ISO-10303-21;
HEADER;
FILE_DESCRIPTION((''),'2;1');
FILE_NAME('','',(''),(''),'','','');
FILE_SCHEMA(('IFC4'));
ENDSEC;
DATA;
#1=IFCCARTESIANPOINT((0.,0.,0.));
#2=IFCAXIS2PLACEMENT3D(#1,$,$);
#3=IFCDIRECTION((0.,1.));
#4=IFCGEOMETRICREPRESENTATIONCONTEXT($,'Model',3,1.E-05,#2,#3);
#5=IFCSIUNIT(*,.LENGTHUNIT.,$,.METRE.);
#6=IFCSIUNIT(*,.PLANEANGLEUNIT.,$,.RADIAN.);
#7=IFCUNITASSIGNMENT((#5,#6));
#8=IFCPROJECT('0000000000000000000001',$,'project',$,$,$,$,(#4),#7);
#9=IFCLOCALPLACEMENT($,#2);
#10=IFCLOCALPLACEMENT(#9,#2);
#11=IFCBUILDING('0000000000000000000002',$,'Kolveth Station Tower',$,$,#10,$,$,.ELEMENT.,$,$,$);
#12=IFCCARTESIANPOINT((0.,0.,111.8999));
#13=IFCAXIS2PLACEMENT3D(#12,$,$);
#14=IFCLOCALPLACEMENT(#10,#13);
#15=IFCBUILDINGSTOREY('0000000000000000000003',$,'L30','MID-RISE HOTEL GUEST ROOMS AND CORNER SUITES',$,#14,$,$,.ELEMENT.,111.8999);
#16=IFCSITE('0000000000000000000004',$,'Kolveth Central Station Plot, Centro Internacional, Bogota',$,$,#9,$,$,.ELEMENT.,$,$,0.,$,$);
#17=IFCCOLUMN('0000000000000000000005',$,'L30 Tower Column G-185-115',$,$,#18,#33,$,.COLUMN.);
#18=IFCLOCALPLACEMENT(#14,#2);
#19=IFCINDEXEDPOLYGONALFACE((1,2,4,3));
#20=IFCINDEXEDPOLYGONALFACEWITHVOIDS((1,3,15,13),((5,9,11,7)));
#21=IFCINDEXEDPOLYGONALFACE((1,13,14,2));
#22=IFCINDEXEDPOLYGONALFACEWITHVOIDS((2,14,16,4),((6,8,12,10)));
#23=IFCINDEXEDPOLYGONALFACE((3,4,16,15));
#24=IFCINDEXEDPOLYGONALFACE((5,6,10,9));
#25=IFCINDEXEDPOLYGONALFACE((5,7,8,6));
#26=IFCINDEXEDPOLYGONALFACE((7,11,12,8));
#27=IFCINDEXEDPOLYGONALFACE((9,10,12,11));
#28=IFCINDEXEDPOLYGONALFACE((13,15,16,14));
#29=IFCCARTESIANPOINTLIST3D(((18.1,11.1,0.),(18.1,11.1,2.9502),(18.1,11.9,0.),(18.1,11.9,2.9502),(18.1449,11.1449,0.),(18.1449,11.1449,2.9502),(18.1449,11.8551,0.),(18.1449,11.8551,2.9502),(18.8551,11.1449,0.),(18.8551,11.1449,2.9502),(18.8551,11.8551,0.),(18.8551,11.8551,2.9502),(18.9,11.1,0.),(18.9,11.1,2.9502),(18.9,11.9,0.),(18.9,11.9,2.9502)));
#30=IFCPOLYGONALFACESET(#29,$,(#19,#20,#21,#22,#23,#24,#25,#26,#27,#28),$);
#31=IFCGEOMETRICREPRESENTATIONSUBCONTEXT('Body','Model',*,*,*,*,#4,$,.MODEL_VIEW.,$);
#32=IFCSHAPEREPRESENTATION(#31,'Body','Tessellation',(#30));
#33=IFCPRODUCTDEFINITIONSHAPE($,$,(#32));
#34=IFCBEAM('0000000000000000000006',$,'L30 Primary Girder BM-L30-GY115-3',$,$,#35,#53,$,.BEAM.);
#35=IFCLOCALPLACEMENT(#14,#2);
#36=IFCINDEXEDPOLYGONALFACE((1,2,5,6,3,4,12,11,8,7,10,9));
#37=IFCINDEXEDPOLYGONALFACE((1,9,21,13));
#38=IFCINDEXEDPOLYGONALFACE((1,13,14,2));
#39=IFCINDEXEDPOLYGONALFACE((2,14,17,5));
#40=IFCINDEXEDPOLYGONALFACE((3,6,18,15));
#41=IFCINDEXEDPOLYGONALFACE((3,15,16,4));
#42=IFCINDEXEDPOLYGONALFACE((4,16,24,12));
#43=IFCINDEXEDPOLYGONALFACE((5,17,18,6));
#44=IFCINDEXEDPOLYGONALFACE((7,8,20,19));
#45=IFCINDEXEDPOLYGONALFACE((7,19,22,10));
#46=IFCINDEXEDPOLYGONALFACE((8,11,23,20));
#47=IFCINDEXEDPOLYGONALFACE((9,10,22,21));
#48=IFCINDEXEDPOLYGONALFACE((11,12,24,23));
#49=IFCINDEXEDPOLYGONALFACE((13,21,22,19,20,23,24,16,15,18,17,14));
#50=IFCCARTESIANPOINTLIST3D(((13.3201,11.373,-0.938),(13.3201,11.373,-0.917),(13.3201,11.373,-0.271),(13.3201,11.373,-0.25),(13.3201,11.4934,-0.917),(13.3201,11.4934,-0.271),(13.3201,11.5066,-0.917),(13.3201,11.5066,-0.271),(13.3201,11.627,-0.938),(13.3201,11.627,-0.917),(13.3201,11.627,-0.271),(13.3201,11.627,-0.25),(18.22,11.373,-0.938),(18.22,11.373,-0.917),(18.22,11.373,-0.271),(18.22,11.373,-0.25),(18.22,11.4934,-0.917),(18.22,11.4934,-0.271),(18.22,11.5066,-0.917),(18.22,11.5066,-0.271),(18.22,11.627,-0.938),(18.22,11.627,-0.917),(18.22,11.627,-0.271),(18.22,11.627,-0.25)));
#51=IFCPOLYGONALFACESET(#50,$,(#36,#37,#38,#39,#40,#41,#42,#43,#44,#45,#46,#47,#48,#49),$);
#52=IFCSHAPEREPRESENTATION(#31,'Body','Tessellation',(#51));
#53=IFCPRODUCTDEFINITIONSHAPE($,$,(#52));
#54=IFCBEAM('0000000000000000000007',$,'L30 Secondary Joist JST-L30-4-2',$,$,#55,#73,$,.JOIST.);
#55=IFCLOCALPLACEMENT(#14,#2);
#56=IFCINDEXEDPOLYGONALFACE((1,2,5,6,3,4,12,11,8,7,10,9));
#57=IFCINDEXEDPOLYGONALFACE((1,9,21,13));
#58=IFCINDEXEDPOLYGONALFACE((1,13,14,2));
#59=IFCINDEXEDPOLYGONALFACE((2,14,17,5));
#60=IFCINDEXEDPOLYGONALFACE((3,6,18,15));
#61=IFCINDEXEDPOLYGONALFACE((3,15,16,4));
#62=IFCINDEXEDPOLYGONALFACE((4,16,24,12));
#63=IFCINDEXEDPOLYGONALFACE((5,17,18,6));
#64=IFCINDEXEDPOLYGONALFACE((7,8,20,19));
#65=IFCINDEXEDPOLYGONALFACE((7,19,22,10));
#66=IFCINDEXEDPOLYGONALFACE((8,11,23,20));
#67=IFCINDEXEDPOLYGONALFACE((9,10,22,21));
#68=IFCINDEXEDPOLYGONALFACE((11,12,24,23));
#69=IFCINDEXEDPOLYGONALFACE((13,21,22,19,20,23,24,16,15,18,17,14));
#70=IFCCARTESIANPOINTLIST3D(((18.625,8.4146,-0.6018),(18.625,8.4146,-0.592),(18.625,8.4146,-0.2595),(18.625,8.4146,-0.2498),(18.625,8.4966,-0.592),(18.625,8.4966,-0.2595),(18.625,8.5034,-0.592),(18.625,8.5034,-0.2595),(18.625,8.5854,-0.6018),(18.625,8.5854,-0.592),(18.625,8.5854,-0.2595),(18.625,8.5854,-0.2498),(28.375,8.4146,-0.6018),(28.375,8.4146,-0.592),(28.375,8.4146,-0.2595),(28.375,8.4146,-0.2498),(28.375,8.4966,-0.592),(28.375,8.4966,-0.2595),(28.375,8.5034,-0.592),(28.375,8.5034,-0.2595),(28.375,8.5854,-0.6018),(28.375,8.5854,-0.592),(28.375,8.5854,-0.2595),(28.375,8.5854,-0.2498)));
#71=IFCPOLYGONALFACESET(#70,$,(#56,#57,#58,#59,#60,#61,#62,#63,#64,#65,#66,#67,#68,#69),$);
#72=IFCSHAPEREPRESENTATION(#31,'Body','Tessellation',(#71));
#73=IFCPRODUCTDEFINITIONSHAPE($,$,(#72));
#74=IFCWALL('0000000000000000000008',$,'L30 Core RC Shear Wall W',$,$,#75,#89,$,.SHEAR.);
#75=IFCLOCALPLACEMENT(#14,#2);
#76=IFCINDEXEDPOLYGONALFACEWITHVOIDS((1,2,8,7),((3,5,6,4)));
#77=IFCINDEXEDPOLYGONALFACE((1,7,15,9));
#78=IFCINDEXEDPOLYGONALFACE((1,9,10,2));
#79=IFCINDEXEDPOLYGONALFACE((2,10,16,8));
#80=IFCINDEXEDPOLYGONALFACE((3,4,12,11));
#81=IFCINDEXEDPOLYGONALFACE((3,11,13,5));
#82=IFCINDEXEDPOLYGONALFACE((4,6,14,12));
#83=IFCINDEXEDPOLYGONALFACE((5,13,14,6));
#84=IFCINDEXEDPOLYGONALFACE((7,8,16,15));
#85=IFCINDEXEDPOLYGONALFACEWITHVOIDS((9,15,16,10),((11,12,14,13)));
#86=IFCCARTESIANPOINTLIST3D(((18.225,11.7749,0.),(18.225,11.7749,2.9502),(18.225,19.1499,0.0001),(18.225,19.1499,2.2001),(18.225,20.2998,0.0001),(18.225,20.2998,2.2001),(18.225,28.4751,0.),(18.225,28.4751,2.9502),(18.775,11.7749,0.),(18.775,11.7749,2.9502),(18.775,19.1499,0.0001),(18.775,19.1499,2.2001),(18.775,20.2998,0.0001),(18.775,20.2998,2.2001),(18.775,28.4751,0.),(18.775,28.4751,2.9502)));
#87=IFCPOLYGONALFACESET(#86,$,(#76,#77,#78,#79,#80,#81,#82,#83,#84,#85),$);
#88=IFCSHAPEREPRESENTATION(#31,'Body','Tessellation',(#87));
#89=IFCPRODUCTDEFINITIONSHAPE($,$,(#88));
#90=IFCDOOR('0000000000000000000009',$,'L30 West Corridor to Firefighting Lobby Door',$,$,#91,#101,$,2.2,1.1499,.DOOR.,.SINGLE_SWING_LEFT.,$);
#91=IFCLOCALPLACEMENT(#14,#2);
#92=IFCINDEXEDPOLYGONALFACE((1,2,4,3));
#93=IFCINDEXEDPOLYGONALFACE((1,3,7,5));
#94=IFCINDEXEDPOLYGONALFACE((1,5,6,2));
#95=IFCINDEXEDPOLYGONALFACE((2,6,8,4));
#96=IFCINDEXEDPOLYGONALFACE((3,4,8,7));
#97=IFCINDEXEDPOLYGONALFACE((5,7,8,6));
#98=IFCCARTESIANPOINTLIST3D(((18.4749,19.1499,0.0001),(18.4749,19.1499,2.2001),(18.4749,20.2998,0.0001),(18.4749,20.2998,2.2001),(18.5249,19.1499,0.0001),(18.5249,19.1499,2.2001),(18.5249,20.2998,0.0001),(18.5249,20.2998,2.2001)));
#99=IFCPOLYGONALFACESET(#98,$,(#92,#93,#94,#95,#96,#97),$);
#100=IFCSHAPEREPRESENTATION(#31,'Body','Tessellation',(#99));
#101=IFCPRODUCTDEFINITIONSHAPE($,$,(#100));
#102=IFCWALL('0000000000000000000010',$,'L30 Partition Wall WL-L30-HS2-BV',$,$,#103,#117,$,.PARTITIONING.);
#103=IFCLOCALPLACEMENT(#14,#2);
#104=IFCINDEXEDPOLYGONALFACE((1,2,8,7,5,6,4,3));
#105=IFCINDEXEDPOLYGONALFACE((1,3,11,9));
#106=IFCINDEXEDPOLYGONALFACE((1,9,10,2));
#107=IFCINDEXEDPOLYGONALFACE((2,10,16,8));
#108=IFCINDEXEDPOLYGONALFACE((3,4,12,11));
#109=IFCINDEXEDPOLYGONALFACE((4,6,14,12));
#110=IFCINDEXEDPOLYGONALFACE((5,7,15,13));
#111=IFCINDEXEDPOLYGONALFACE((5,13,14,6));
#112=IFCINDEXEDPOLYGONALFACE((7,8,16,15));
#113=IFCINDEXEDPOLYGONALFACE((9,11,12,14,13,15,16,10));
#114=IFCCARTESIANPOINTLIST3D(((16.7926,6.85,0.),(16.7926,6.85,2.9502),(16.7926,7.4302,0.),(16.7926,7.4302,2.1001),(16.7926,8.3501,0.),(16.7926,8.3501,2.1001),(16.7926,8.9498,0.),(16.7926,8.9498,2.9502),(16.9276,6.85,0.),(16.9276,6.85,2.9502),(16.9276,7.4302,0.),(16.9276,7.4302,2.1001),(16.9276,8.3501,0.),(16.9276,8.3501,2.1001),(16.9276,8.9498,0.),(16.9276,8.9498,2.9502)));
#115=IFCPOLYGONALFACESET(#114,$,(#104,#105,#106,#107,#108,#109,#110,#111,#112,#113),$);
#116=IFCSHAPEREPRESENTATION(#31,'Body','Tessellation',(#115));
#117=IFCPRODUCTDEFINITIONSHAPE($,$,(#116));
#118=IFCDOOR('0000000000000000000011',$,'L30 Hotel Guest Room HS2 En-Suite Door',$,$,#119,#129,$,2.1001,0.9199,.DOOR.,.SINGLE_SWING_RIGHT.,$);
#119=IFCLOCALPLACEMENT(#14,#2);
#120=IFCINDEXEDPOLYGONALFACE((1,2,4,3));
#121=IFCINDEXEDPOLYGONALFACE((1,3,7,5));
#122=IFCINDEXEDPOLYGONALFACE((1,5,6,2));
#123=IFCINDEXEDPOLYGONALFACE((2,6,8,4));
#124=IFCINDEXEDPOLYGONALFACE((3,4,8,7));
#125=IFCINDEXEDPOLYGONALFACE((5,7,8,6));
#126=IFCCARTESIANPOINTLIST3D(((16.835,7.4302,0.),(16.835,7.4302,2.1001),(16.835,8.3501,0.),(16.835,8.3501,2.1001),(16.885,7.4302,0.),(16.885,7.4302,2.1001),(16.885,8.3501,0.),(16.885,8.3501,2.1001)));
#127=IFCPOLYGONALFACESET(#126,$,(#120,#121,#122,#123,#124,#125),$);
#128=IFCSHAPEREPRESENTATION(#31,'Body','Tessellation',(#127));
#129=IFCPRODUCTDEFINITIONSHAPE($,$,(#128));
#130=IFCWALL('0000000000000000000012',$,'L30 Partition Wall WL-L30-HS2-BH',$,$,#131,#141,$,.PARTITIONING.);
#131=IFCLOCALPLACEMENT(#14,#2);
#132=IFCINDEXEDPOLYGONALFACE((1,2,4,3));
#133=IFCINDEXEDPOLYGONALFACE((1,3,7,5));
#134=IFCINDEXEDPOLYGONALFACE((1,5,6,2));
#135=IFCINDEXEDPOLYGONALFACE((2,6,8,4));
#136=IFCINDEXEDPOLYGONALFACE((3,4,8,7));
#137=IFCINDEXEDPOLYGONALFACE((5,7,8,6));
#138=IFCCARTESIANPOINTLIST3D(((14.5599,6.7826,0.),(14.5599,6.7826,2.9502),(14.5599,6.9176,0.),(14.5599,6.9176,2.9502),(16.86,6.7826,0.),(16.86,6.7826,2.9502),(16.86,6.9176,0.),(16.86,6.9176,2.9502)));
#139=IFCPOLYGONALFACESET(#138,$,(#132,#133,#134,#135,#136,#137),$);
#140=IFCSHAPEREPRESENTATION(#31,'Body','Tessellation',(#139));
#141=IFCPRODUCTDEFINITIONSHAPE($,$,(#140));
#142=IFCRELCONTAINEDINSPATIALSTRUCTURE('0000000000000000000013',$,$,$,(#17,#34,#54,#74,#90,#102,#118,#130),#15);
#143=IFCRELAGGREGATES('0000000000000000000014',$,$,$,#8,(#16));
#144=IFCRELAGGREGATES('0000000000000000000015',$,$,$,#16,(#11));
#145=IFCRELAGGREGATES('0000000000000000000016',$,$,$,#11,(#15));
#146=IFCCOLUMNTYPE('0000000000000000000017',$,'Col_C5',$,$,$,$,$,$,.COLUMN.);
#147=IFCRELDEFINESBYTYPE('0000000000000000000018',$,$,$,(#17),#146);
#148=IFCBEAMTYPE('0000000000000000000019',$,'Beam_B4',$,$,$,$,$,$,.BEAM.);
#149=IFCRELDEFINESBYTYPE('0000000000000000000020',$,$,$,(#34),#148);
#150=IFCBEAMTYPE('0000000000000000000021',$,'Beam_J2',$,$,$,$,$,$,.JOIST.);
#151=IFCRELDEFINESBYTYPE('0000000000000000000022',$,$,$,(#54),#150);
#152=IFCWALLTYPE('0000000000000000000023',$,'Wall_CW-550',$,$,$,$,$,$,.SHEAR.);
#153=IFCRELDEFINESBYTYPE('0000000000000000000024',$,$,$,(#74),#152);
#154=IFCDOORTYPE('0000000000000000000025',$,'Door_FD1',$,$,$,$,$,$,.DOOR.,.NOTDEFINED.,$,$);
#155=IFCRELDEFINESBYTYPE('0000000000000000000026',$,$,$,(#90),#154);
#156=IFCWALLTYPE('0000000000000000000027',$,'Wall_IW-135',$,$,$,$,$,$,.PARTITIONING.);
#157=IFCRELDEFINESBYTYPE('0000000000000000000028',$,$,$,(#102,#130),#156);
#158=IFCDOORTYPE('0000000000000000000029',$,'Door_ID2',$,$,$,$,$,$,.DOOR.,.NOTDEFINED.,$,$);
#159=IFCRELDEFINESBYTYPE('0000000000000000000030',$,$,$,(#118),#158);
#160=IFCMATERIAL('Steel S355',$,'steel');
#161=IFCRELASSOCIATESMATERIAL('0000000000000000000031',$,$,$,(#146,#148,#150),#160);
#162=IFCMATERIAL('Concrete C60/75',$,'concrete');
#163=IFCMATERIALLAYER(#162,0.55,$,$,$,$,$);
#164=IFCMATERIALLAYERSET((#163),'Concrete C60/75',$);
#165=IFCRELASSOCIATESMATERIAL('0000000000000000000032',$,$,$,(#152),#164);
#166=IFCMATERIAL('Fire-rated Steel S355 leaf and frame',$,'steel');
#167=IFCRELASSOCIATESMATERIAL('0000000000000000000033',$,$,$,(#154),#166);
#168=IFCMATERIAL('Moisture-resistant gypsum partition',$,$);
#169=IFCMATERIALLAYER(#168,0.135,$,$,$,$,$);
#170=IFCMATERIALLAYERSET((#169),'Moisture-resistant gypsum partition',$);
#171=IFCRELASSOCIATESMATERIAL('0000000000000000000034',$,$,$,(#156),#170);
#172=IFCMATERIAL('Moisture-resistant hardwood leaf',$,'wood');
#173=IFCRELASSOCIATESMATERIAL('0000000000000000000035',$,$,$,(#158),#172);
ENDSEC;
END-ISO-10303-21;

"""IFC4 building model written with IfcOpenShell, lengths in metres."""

from ifc_helpers import new_model, si_unit, direction, frame, frame_2d, origin, origin_2d, place, context, subcontext, project, spatial, rectangle, hollow_rectangle, i_section, extrude, source, transform, mapped, material, layer, layer_set, material_profile, profile_set, type_object, element, fill, save


model = new_model("IFC4")

# Units and contexts
model_context = context("Model", 3, precision=1e-05, world=origin(), true_north=direction((0.0, 1.0)))
body_context = subcontext(model_context, "Body", "Model", "MODEL_VIEW")
ifc_project = project(units=[si_unit("LENGTHUNIT", "METRE"), si_unit("PLANEANGLEUNIT", "RADIAN")], contexts=[model_context])

# Site, building, storey
site_placement = place(None, origin())
site = spatial("IfcSite", under=ifc_project, at=site_placement, Name="Kolveth Central Station Plot, Centro Internacional, Bogota", CompositionType="ELEMENT", RefElevation=0.0)
building_placement = place(site_placement, origin())
building = spatial("IfcBuilding", under=site, at=building_placement, Name="Kolveth Station Tower", CompositionType="ELEMENT")
storey_placement = place(building_placement, frame((0.0, 0.0, 111.8999)))
storey = spatial("IfcBuildingStorey", under=building, at=storey_placement, Name="L30", Description="MID-RISE HOTEL GUEST ROOMS AND CORNER SUITES", CompositionType="ELEMENT", Elevation=111.8999)

# Column
ifc_material_1 = material(Name="Steel S355", Category="steel")
ifc_material_profile_1 = material_profile(ifc_material_1, hollow_rectangle(XDim=0.8, YDim=0.8, WallThickness=0.0449, at=origin_2d()), Name="BOX800x800x45")
ifc_profile_set_1 = profile_set([ifc_material_profile_1], Name="Steel S355")
column_type = type_object("IfcColumnType", Name="Col_C5", PredefinedType="COLUMN", material=ifc_profile_set_1)
shared_shape_1 = source(origin(), body_context, "Body", "SweptSolid", [
    extrude(hollow_rectangle(XDim=0.8, YDim=0.8, WallThickness=0.0449, at=origin_2d()), origin(), (0.0, 0.0, 1.0), 2.9502),
])
column_placement = place(storey_placement, frame((18.5, 11.5, 0.0), z_axis=(0.0, 0.0, 1.0), x_axis=(1.0, 0.0, 0.0)))
element("IfcColumn", 1, at=column_placement, inside=storey, type_object=column_type, Name="L30 Tower Column G-185-115", PredefinedType="COLUMN", context=body_context, shape_type="MappedRepresentation", body=[
    mapped(shared_shape_1, transform((0.0, 0.0, 0.0), x_axis=(1.0, 0.0, 0.0), y_axis=(0.0, 1.0, 0.0), z_axis=(0.0, 0.0, 1.0), scale=1.0)),
])

# Beams
ifc_material_profile_2 = material_profile(ifc_material_1, i_section(OverallWidth=0.2539, OverallDepth=0.688, WebThickness=0.0132, FlangeThickness=0.021, at=origin_2d()), Name="W690x152")
ifc_profile_set_2 = profile_set([ifc_material_profile_2], Name="Steel S355")
beam_type_1 = type_object("IfcBeamType", Name="Beam_B4", PredefinedType="BEAM", material=ifc_profile_set_2)
shared_shape_2 = source(origin(), body_context, "Body", "SweptSolid", [
    extrude(i_section(OverallWidth=0.2539, OverallDepth=0.688, WebThickness=0.0132, FlangeThickness=0.021, at=origin_2d()), origin(), (0.0, 0.0, 1.0), 4.8999),
])
beam_1_placement = place(storey_placement, frame((13.3201, 11.5, -0.594), z_axis=(1.0, 0.0, 0.0), x_axis=(0.0, 1.0, 0.0)))
element("IfcBeam", 2, at=beam_1_placement, inside=storey, type_object=beam_type_1, Name="L30 Primary Girder BM-L30-GY115-3", PredefinedType="BEAM", context=body_context, shape_type="MappedRepresentation", body=[
    mapped(shared_shape_2, transform((0.0, 0.0, 0.0), x_axis=(1.0, 0.0, 0.0), y_axis=(0.0, 1.0, 0.0), z_axis=(0.0, 0.0, 1.0), scale=1.0)),
])
ifc_material_profile_3 = material_profile(ifc_material_1, i_section(OverallWidth=0.1709, OverallDepth=0.3521, WebThickness=0.0068, FlangeThickness=0.0098, at=origin_2d()), Name="W360x44")
ifc_profile_set_3 = profile_set([ifc_material_profile_3], Name="Steel S355")
beam_type_2 = type_object("IfcBeamType", Name="Beam_J2", PredefinedType="JOIST", material=ifc_profile_set_3)
shared_shape_3 = source(origin(), body_context, "Body", "SweptSolid", [
    extrude(i_section(OverallWidth=0.1709, OverallDepth=0.3521, WebThickness=0.0068, FlangeThickness=0.0098, at=origin_2d()), origin(), (0.0, 0.0, 1.0), 9.75),
])
beam_2_placement = place(storey_placement, frame((18.625, 8.5, -0.4258), z_axis=(1.0, 0.0, 0.0), x_axis=(0.0, 1.0, 0.0)))
element("IfcBeam", 3, at=beam_2_placement, inside=storey, type_object=beam_type_2, Name="L30 Secondary Joist JST-L30-4-2", PredefinedType="JOIST", context=body_context, shape_type="MappedRepresentation", body=[
    mapped(shared_shape_3, transform((0.0, 0.0, 0.0), x_axis=(1.0, 0.0, 0.0), y_axis=(0.0, 1.0, 0.0), z_axis=(0.0, 0.0, 1.0), scale=1.0)),
])

# Shared definitions
ifc_material_2 = material(Name="Concrete C60/75", Category="concrete")
ifc_layer_1 = layer(ifc_material_2, 0.55)
ifc_layer_set_1 = layer_set([ifc_layer_1], Name="Concrete C60/75")
wall_type_1 = type_object("IfcWallType", Name="Wall_CW-550", PredefinedType="SHEAR", material=ifc_layer_set_1)

# Walls, openings, doors
wall_1_placement = place(storey_placement, frame((18.5, 11.7749, 0.0), z_axis=(0.0, 0.0, 1.0), x_axis=(0.0, 1.0, 0.0)))
wall_1 = element("IfcWall", 4, at=wall_1_placement, inside=storey, type_object=wall_type_1, Name="L30 Core RC Shear Wall W", PredefinedType="SHEAR", context=body_context, shape_type="SweptSolid", body=[
    extrude(rectangle(XDim=16.7002, YDim=0.55, at=frame_2d((8.3501, 0.0))), origin(), (0.0, 0.0, 1.0), 2.9502),
])
opening_1_placement = place(wall_1_placement, frame((7.375, 0.0, 0.0)))
opening_1 = element("IfcOpeningElement", 5, at=opening_1_placement, cuts=wall_1, PredefinedType="OPENING", context=body_context, shape_type="SweptSolid", body=[
    extrude(rectangle(XDim=1.1499, YDim=2.2, at=frame_2d((0.575, 1.1001))), frame((0.0, 0.2849, 0.0), z_axis=(0.0, -1.0, 0.0), x_axis=(1.0, 0.0, 0.0)), (0.0, 0.0, 1.0), 0.5701),
])
ifc_material_3 = material(Name="Fire-rated Steel S355 leaf and frame", Category="steel")
door_type_1 = type_object("IfcDoorType", Name="Door_FD1", OperationType="NOTDEFINED", PredefinedType="DOOR", material=ifc_material_3)
door_1_placement = place(opening_1_placement, frame((1.1499, 0.0, 0.0), z_axis=(0.0, 0.0, 1.0), x_axis=(-1.0, 0.0, 0.0)))
door_1 = element("IfcDoor", 6, at=door_1_placement, inside=storey, type_object=door_type_1, Name="L30 West Corridor to Firefighting Lobby Door", OperationType="SINGLE_SWING_LEFT", OverallHeight=2.2, OverallWidth=1.1499, PredefinedType="DOOR", context=body_context, shape_type="SweptSolid", body=[
    extrude(rectangle(XDim=1.1499, YDim=2.2, at=frame_2d((0.575, 1.1001))), frame((0.0, 0.0249, 0.0), z_axis=(0.0, -1.0, 0.0), x_axis=(1.0, 0.0, 0.0)), (0.0, 0.0, 1.0), 0.05),
])
fill(opening_1, door_1)
ifc_material_4 = material(Name="Moisture-resistant gypsum partition")
ifc_layer_2 = layer(ifc_material_4, 0.135)
ifc_layer_set_2 = layer_set([ifc_layer_2], Name="Moisture-resistant gypsum partition")
wall_type_2 = type_object("IfcWallType", Name="Wall_IW-135", PredefinedType="PARTITIONING", material=ifc_layer_set_2)
wall_2_placement = place(storey_placement, frame((16.8601, 6.8501, 0.0), z_axis=(0.0, 0.0, 1.0), x_axis=(0.0, 1.0, 0.0)))
wall_2 = element("IfcWall", 7, at=wall_2_placement, inside=storey, type_object=wall_type_2, Name="L30 Partition Wall WL-L30-HS2-BV", PredefinedType="PARTITIONING", context=body_context, shape_type="SweptSolid", body=[
    extrude(rectangle(XDim=2.0999, YDim=0.135, at=frame_2d((1.0498, 0.0))), origin(), (0.0, 0.0, 1.0), 2.9502),
])
opening_2_placement = place(wall_2_placement, frame((0.5801, 0.0, 0.0)))
opening_2 = element("IfcOpeningElement", 8, at=opening_2_placement, cuts=wall_2, PredefinedType="OPENING", context=body_context, shape_type="SweptSolid", body=[
    extrude(rectangle(XDim=0.9199, YDim=2.1001, at=frame_2d((0.46, 1.05))), frame((0.0, 0.0774, 0.0), z_axis=(0.0, -1.0, 0.0), x_axis=(1.0, 0.0, 0.0)), (0.0, 0.0, 1.0), 0.155),
])
ifc_material_5 = material(Name="Moisture-resistant hardwood leaf", Category="wood")
door_type_2 = type_object("IfcDoorType", Name="Door_ID2", OperationType="NOTDEFINED", PredefinedType="DOOR", material=ifc_material_5)
door_2_placement = place(opening_2_placement, frame((0.9199, 0.0, 0.0), z_axis=(0.0, 0.0, 1.0), x_axis=(-1.0, 0.0, 0.0)))
door_2 = element("IfcDoor", 9, at=door_2_placement, inside=storey, type_object=door_type_2, Name="L30 Hotel Guest Room HS2 En-Suite Door", OperationType="SINGLE_SWING_RIGHT", OverallHeight=2.1001, OverallWidth=0.9199, PredefinedType="DOOR", context=body_context, shape_type="SweptSolid", body=[
    extrude(rectangle(XDim=0.9199, YDim=2.1001, at=frame_2d((0.46, 1.05))), frame((0.0, 0.0249, 0.0), z_axis=(0.0, -1.0, 0.0), x_axis=(1.0, 0.0, 0.0)), (0.0, 0.0, 1.0), 0.05),
])
fill(opening_2, door_2)

# Wall
wall_3_placement = place(storey_placement, frame((14.5601, 6.8501, 0.0), z_axis=(0.0, 0.0, 1.0), x_axis=(1.0, 0.0, 0.0)))
element("IfcWall", 10, at=wall_3_placement, inside=storey, type_object=wall_type_2, Name="L30 Partition Wall WL-L30-HS2-BH", PredefinedType="PARTITIONING", context=body_context, shape_type="SweptSolid", body=[
    extrude(rectangle(XDim=2.3, YDim=0.135, at=frame_2d((1.1499, 0.0))), origin(), (0.0, 0.0, 1.0), 2.9502),
])

save(model, "model.ifc")
